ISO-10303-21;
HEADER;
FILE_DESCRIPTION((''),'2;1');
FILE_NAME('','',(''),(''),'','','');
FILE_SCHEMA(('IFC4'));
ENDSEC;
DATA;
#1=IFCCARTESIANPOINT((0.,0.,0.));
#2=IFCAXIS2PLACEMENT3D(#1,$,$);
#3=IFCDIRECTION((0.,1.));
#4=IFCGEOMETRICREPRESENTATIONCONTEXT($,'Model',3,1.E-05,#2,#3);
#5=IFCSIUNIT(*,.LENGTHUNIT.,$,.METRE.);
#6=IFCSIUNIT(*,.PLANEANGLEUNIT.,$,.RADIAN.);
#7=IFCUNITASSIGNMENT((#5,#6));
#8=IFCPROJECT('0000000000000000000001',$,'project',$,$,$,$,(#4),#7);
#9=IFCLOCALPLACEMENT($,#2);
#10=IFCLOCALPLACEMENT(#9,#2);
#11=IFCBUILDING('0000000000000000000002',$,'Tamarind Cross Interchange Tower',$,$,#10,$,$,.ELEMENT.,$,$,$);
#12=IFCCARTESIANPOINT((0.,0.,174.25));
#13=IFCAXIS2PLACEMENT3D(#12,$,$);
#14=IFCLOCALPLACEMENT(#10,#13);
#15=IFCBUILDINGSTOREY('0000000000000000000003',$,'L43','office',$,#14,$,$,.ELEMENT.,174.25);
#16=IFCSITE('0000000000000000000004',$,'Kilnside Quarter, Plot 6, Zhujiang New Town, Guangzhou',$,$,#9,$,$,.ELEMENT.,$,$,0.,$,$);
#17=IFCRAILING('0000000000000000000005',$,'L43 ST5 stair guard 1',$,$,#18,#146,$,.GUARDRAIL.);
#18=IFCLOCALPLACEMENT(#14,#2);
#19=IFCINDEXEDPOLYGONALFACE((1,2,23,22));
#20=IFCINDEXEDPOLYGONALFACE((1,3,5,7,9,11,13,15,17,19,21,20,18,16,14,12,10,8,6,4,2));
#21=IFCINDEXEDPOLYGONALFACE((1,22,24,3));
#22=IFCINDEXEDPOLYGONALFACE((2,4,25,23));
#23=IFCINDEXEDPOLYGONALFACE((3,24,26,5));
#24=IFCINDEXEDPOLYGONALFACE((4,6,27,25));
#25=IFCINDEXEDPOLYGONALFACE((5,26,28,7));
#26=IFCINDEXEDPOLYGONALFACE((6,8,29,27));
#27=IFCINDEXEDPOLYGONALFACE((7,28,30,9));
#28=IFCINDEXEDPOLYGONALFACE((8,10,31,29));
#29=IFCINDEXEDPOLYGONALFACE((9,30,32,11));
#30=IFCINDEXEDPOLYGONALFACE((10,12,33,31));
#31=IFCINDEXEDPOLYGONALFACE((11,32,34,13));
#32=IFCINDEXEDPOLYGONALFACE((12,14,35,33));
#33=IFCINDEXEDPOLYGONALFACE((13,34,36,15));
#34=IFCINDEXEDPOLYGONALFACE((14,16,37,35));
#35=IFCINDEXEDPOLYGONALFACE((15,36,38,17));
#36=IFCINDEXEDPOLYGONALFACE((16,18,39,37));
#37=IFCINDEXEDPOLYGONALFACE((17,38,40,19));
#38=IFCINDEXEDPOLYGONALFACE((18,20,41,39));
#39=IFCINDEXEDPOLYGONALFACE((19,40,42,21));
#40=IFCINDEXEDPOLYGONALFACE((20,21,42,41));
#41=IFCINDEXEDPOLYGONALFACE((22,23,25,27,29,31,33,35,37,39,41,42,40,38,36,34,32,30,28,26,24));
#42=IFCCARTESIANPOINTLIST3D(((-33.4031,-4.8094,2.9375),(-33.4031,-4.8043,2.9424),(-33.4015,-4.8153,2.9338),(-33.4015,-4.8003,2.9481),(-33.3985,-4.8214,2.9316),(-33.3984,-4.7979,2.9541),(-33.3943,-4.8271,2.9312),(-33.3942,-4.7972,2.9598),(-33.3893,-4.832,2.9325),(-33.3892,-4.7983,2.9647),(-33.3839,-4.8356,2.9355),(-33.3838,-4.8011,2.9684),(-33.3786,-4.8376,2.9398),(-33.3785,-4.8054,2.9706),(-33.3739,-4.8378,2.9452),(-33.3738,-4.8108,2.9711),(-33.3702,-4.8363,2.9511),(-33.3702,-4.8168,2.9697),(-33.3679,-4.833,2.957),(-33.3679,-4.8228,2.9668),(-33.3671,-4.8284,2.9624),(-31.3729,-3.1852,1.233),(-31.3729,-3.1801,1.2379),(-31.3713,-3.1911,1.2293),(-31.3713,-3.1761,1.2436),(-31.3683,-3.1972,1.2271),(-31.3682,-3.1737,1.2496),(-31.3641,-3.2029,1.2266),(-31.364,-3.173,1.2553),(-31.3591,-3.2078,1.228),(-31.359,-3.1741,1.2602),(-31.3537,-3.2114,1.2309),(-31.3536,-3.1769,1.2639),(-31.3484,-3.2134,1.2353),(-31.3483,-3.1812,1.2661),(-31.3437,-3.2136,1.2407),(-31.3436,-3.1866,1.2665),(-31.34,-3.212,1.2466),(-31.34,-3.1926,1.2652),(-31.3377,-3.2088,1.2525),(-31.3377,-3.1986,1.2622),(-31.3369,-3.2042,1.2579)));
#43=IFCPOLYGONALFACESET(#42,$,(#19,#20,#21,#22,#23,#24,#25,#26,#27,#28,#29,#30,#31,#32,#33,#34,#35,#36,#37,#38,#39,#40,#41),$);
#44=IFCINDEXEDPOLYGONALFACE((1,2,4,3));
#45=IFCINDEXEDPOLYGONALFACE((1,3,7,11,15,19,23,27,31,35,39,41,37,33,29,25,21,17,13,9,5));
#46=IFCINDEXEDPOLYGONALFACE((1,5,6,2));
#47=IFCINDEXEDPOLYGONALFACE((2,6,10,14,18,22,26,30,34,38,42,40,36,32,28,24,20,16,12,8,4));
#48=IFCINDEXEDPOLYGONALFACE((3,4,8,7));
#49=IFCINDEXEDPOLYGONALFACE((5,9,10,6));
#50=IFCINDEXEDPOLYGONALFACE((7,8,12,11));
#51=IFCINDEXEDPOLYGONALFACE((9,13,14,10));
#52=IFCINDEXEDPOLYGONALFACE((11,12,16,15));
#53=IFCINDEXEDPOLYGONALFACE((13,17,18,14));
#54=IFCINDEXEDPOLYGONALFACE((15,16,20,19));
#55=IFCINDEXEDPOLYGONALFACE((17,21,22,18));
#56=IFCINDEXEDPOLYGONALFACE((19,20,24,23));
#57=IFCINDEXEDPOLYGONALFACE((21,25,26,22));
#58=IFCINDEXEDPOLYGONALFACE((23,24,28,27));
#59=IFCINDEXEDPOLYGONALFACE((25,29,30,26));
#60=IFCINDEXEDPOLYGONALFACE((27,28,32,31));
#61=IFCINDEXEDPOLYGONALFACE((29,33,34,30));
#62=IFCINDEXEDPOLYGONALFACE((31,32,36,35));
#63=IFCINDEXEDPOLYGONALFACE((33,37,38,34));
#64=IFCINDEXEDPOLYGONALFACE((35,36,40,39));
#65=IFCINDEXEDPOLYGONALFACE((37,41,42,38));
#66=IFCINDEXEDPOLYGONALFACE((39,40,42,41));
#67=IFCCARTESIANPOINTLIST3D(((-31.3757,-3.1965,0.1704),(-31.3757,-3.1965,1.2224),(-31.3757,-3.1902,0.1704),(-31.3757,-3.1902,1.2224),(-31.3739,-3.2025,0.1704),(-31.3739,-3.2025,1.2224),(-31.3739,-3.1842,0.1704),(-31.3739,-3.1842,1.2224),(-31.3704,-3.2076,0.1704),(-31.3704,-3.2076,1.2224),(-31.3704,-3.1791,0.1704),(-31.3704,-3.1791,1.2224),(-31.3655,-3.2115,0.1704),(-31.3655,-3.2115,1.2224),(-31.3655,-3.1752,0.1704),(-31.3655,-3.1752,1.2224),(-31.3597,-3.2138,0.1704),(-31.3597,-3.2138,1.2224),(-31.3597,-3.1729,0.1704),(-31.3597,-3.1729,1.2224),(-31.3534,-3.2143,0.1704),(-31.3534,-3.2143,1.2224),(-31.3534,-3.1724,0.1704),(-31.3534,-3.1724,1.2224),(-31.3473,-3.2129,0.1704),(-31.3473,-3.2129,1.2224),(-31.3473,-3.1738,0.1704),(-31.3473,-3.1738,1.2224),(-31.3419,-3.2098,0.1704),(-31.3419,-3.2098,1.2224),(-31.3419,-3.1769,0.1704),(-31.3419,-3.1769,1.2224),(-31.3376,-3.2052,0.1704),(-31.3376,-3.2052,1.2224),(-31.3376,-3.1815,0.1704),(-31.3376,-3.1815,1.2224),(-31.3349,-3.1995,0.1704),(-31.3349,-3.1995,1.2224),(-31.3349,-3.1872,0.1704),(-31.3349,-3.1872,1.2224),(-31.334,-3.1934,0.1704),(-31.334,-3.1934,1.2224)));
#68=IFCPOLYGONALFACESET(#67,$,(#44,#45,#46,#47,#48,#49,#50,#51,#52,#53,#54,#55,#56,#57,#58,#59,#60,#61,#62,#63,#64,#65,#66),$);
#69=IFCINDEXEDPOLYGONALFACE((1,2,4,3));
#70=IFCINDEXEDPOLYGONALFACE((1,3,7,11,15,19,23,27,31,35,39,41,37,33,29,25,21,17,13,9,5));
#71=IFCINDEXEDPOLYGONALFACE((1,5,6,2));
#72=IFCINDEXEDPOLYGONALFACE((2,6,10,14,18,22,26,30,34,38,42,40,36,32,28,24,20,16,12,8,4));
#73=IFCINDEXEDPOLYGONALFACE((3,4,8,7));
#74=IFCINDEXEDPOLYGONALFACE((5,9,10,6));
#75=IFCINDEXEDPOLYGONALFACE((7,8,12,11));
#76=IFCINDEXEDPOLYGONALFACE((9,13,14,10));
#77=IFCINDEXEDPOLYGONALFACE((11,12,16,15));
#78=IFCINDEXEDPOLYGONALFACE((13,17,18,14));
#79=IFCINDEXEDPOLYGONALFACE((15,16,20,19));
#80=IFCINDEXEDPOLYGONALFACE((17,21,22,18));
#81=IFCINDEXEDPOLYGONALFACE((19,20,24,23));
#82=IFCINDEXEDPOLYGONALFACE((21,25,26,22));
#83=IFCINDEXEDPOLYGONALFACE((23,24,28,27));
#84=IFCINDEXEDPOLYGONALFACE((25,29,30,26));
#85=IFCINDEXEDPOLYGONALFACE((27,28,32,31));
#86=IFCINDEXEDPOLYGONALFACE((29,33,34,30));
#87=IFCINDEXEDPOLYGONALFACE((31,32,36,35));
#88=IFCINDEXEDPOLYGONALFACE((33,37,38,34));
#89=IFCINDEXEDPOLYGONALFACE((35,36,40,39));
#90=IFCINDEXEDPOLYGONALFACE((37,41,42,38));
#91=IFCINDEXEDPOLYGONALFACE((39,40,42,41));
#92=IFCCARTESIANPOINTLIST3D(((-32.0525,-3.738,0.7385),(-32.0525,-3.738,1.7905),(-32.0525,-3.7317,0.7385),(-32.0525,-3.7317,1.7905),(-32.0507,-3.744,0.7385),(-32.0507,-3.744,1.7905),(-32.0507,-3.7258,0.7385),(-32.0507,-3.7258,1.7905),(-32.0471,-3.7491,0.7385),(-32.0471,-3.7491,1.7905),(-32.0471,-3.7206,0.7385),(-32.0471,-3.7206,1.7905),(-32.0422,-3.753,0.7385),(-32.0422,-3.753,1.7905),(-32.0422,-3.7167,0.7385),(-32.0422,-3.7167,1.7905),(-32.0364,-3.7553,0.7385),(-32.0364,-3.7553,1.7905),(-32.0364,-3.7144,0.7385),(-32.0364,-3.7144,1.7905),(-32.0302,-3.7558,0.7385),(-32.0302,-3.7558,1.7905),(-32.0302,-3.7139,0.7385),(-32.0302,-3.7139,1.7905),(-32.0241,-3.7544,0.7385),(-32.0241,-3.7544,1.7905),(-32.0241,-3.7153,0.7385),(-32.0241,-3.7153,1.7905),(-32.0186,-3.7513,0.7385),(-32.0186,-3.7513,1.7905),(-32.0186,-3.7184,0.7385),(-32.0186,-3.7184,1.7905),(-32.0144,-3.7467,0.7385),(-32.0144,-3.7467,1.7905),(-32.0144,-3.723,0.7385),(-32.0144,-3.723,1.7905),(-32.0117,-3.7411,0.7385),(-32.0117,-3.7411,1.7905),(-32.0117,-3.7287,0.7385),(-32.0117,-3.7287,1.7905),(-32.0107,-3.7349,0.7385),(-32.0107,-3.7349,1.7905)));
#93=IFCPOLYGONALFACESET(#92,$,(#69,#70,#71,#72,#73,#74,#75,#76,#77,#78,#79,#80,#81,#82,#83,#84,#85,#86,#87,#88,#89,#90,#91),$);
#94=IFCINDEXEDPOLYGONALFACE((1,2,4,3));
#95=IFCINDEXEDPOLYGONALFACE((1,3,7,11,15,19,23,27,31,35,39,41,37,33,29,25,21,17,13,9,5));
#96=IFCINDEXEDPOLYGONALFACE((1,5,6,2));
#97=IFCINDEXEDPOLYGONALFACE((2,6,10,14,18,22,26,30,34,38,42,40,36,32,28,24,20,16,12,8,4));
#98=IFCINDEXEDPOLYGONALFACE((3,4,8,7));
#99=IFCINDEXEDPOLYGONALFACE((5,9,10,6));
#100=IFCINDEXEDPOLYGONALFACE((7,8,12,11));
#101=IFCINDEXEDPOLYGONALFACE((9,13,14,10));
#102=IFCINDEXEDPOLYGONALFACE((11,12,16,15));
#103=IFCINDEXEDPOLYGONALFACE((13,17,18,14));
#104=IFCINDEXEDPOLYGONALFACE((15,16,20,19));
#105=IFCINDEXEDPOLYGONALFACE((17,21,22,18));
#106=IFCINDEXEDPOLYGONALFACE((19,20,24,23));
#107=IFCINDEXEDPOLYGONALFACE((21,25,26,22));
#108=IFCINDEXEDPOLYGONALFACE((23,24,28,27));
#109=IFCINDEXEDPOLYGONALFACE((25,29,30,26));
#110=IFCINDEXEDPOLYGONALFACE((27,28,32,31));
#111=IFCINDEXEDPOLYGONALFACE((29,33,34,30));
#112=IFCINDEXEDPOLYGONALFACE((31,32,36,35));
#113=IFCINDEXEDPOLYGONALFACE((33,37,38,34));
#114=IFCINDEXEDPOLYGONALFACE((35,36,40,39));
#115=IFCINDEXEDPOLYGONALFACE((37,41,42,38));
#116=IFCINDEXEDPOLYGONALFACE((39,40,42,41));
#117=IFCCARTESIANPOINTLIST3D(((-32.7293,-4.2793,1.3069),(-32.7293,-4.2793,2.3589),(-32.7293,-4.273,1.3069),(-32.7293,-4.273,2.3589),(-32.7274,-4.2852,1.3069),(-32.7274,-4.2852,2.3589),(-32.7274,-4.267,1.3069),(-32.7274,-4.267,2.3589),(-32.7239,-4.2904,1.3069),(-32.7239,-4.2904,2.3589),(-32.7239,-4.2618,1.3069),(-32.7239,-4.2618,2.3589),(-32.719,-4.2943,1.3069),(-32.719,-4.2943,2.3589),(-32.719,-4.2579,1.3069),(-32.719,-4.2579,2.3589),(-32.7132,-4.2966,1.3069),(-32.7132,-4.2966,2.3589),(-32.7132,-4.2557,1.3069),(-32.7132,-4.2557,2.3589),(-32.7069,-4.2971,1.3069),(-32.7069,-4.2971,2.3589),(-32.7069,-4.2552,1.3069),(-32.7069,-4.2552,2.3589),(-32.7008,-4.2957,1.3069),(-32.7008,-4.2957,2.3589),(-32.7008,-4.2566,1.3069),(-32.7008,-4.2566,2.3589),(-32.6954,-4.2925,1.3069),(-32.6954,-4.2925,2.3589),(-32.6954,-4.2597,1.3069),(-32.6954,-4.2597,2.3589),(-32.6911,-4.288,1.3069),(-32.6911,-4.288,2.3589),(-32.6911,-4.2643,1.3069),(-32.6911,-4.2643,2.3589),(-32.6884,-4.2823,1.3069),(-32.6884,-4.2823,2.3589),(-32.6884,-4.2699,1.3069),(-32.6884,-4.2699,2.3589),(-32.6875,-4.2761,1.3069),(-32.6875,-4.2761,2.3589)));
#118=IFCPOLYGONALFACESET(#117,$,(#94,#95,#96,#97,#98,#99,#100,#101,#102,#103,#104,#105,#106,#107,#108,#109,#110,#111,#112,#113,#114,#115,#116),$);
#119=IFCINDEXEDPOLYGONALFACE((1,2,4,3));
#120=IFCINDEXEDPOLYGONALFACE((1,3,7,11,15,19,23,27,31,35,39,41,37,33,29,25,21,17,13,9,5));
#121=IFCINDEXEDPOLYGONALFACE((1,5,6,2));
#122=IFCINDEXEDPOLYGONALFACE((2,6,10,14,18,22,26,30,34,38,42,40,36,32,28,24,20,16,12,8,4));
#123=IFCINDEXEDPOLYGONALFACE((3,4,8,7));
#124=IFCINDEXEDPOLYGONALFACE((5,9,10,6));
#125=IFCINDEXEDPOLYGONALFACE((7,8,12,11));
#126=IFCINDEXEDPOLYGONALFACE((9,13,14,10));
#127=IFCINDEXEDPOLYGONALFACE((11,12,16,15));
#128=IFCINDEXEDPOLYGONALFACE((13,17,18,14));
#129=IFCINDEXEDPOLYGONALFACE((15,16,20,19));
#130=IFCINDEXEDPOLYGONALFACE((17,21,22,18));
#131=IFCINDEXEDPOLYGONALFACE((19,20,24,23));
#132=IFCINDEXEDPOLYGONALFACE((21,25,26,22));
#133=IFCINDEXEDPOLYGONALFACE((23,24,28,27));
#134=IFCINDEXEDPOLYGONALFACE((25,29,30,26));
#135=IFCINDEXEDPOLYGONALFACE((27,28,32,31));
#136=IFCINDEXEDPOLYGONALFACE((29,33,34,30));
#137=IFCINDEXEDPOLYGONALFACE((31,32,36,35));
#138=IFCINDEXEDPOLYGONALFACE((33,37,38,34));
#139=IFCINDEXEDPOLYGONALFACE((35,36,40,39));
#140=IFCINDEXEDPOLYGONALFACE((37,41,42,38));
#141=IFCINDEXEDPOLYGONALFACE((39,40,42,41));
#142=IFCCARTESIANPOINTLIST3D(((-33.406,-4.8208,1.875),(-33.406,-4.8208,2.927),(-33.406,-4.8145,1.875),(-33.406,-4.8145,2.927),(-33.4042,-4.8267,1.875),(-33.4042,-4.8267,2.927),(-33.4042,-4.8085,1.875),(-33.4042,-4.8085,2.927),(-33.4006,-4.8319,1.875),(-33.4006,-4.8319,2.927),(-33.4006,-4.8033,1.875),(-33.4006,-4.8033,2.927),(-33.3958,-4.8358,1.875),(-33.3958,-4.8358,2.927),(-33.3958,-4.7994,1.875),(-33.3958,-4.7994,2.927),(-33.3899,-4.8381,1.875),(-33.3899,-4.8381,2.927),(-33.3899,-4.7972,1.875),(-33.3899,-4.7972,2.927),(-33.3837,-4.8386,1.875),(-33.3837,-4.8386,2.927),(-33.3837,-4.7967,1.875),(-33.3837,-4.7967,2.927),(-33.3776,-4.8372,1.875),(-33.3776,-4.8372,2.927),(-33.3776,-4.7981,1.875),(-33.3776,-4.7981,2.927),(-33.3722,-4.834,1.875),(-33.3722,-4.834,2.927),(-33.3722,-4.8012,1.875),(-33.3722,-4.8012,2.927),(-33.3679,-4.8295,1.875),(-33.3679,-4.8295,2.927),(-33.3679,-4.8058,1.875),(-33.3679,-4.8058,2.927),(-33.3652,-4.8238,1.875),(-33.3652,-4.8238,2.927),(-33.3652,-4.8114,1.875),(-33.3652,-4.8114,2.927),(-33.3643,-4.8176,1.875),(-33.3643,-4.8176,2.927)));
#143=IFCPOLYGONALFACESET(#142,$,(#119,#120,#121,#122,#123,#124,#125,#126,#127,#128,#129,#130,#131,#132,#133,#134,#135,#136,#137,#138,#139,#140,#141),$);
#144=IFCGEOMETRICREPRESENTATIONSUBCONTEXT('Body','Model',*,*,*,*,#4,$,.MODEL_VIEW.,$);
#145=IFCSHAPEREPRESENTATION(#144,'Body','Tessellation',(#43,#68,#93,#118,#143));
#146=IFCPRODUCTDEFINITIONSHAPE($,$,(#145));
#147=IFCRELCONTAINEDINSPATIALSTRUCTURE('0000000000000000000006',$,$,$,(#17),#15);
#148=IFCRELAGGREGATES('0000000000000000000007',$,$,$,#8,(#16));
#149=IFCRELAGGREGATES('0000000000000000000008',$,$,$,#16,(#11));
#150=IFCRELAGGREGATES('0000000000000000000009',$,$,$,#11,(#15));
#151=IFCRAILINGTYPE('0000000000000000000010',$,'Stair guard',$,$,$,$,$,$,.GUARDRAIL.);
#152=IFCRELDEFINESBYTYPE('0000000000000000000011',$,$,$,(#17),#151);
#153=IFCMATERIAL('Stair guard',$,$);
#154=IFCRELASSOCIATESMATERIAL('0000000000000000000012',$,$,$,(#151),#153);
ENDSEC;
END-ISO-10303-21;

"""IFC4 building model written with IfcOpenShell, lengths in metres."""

from ifc_helpers import new_model, si_unit, direction, frame, origin, origin_2d, place, context, subcontext, project, spatial, circle, extrude, material, type_object, element, save


model = new_model("IFC4")

# Units and contexts
model_context = context("Model", 3, precision=1e-05, world=origin(), true_north=direction((0.0, 1.0)))
body_context = subcontext(model_context, "Body", "Model", "MODEL_VIEW")
ifc_project = project(units=[si_unit("LENGTHUNIT", "METRE"), si_unit("PLANEANGLEUNIT", "RADIAN")], contexts=[model_context])

# Site, building, storey
site_placement = place(None, origin())
site = spatial("IfcSite", under=ifc_project, at=site_placement, Name="Kilnside Quarter, Plot 6, Zhujiang New Town, Guangzhou", CompositionType="ELEMENT", RefElevation=0.0)
building_placement = place(site_placement, origin())
building = spatial("IfcBuilding", under=site, at=building_placement, Name="Tamarind Cross Interchange Tower", CompositionType="ELEMENT")
storey_placement = place(building_placement, frame((0.0, 0.0, 174.25)))
storey = spatial("IfcBuildingStorey", under=building, at=storey_placement, Name="L43", Description="office", CompositionType="ELEMENT", Elevation=174.25)

# Railing
ifc_material_1 = material(Name="Stair guard")
railing_type = type_object("IfcRailingType", Name="Stair guard", PredefinedType="GUARDRAIL", material=ifc_material_1)
railing_1_placement = place(storey_placement, frame((-31.355, -3.1934, 0.1704)))
element("IfcRailing", 1, at=railing_1_placement, inside=storey, type_object=railing_type, Name="L43 ST5 stair guard 1", PredefinedType="GUARDRAIL", context=body_context, shape_type="SweptSolid", body=[
    extrude(circle(Radius=0.0239, at=origin_2d()), frame((0.0, 0.0, 1.0762), z_axis=(-0.653031, -0.52244, 0.548276), x_axis=(0.624706, -0.78086, 0.0)), (0.0, 0.0, 1.0), 3.1089),
    extrude(circle(Radius=0.021, at=origin_2d()), origin(), (0.0, 0.0, 1.0), 1.052),
    extrude(circle(Radius=0.021, at=origin_2d()), frame((-0.6768, -0.5415, 0.5681)), (0.0, 0.0, 1.0), 1.052),
    extrude(circle(Radius=0.021, at=origin_2d()), frame((-1.3535, -1.0828, 1.1365)), (0.0, 0.0, 1.0), 1.052),
    extrude(circle(Radius=0.021, at=origin_2d()), frame((-2.0303, -1.6243, 1.7046)), (0.0, 0.0, 1.0), 1.052),
])

save(model, "model.ifc")
